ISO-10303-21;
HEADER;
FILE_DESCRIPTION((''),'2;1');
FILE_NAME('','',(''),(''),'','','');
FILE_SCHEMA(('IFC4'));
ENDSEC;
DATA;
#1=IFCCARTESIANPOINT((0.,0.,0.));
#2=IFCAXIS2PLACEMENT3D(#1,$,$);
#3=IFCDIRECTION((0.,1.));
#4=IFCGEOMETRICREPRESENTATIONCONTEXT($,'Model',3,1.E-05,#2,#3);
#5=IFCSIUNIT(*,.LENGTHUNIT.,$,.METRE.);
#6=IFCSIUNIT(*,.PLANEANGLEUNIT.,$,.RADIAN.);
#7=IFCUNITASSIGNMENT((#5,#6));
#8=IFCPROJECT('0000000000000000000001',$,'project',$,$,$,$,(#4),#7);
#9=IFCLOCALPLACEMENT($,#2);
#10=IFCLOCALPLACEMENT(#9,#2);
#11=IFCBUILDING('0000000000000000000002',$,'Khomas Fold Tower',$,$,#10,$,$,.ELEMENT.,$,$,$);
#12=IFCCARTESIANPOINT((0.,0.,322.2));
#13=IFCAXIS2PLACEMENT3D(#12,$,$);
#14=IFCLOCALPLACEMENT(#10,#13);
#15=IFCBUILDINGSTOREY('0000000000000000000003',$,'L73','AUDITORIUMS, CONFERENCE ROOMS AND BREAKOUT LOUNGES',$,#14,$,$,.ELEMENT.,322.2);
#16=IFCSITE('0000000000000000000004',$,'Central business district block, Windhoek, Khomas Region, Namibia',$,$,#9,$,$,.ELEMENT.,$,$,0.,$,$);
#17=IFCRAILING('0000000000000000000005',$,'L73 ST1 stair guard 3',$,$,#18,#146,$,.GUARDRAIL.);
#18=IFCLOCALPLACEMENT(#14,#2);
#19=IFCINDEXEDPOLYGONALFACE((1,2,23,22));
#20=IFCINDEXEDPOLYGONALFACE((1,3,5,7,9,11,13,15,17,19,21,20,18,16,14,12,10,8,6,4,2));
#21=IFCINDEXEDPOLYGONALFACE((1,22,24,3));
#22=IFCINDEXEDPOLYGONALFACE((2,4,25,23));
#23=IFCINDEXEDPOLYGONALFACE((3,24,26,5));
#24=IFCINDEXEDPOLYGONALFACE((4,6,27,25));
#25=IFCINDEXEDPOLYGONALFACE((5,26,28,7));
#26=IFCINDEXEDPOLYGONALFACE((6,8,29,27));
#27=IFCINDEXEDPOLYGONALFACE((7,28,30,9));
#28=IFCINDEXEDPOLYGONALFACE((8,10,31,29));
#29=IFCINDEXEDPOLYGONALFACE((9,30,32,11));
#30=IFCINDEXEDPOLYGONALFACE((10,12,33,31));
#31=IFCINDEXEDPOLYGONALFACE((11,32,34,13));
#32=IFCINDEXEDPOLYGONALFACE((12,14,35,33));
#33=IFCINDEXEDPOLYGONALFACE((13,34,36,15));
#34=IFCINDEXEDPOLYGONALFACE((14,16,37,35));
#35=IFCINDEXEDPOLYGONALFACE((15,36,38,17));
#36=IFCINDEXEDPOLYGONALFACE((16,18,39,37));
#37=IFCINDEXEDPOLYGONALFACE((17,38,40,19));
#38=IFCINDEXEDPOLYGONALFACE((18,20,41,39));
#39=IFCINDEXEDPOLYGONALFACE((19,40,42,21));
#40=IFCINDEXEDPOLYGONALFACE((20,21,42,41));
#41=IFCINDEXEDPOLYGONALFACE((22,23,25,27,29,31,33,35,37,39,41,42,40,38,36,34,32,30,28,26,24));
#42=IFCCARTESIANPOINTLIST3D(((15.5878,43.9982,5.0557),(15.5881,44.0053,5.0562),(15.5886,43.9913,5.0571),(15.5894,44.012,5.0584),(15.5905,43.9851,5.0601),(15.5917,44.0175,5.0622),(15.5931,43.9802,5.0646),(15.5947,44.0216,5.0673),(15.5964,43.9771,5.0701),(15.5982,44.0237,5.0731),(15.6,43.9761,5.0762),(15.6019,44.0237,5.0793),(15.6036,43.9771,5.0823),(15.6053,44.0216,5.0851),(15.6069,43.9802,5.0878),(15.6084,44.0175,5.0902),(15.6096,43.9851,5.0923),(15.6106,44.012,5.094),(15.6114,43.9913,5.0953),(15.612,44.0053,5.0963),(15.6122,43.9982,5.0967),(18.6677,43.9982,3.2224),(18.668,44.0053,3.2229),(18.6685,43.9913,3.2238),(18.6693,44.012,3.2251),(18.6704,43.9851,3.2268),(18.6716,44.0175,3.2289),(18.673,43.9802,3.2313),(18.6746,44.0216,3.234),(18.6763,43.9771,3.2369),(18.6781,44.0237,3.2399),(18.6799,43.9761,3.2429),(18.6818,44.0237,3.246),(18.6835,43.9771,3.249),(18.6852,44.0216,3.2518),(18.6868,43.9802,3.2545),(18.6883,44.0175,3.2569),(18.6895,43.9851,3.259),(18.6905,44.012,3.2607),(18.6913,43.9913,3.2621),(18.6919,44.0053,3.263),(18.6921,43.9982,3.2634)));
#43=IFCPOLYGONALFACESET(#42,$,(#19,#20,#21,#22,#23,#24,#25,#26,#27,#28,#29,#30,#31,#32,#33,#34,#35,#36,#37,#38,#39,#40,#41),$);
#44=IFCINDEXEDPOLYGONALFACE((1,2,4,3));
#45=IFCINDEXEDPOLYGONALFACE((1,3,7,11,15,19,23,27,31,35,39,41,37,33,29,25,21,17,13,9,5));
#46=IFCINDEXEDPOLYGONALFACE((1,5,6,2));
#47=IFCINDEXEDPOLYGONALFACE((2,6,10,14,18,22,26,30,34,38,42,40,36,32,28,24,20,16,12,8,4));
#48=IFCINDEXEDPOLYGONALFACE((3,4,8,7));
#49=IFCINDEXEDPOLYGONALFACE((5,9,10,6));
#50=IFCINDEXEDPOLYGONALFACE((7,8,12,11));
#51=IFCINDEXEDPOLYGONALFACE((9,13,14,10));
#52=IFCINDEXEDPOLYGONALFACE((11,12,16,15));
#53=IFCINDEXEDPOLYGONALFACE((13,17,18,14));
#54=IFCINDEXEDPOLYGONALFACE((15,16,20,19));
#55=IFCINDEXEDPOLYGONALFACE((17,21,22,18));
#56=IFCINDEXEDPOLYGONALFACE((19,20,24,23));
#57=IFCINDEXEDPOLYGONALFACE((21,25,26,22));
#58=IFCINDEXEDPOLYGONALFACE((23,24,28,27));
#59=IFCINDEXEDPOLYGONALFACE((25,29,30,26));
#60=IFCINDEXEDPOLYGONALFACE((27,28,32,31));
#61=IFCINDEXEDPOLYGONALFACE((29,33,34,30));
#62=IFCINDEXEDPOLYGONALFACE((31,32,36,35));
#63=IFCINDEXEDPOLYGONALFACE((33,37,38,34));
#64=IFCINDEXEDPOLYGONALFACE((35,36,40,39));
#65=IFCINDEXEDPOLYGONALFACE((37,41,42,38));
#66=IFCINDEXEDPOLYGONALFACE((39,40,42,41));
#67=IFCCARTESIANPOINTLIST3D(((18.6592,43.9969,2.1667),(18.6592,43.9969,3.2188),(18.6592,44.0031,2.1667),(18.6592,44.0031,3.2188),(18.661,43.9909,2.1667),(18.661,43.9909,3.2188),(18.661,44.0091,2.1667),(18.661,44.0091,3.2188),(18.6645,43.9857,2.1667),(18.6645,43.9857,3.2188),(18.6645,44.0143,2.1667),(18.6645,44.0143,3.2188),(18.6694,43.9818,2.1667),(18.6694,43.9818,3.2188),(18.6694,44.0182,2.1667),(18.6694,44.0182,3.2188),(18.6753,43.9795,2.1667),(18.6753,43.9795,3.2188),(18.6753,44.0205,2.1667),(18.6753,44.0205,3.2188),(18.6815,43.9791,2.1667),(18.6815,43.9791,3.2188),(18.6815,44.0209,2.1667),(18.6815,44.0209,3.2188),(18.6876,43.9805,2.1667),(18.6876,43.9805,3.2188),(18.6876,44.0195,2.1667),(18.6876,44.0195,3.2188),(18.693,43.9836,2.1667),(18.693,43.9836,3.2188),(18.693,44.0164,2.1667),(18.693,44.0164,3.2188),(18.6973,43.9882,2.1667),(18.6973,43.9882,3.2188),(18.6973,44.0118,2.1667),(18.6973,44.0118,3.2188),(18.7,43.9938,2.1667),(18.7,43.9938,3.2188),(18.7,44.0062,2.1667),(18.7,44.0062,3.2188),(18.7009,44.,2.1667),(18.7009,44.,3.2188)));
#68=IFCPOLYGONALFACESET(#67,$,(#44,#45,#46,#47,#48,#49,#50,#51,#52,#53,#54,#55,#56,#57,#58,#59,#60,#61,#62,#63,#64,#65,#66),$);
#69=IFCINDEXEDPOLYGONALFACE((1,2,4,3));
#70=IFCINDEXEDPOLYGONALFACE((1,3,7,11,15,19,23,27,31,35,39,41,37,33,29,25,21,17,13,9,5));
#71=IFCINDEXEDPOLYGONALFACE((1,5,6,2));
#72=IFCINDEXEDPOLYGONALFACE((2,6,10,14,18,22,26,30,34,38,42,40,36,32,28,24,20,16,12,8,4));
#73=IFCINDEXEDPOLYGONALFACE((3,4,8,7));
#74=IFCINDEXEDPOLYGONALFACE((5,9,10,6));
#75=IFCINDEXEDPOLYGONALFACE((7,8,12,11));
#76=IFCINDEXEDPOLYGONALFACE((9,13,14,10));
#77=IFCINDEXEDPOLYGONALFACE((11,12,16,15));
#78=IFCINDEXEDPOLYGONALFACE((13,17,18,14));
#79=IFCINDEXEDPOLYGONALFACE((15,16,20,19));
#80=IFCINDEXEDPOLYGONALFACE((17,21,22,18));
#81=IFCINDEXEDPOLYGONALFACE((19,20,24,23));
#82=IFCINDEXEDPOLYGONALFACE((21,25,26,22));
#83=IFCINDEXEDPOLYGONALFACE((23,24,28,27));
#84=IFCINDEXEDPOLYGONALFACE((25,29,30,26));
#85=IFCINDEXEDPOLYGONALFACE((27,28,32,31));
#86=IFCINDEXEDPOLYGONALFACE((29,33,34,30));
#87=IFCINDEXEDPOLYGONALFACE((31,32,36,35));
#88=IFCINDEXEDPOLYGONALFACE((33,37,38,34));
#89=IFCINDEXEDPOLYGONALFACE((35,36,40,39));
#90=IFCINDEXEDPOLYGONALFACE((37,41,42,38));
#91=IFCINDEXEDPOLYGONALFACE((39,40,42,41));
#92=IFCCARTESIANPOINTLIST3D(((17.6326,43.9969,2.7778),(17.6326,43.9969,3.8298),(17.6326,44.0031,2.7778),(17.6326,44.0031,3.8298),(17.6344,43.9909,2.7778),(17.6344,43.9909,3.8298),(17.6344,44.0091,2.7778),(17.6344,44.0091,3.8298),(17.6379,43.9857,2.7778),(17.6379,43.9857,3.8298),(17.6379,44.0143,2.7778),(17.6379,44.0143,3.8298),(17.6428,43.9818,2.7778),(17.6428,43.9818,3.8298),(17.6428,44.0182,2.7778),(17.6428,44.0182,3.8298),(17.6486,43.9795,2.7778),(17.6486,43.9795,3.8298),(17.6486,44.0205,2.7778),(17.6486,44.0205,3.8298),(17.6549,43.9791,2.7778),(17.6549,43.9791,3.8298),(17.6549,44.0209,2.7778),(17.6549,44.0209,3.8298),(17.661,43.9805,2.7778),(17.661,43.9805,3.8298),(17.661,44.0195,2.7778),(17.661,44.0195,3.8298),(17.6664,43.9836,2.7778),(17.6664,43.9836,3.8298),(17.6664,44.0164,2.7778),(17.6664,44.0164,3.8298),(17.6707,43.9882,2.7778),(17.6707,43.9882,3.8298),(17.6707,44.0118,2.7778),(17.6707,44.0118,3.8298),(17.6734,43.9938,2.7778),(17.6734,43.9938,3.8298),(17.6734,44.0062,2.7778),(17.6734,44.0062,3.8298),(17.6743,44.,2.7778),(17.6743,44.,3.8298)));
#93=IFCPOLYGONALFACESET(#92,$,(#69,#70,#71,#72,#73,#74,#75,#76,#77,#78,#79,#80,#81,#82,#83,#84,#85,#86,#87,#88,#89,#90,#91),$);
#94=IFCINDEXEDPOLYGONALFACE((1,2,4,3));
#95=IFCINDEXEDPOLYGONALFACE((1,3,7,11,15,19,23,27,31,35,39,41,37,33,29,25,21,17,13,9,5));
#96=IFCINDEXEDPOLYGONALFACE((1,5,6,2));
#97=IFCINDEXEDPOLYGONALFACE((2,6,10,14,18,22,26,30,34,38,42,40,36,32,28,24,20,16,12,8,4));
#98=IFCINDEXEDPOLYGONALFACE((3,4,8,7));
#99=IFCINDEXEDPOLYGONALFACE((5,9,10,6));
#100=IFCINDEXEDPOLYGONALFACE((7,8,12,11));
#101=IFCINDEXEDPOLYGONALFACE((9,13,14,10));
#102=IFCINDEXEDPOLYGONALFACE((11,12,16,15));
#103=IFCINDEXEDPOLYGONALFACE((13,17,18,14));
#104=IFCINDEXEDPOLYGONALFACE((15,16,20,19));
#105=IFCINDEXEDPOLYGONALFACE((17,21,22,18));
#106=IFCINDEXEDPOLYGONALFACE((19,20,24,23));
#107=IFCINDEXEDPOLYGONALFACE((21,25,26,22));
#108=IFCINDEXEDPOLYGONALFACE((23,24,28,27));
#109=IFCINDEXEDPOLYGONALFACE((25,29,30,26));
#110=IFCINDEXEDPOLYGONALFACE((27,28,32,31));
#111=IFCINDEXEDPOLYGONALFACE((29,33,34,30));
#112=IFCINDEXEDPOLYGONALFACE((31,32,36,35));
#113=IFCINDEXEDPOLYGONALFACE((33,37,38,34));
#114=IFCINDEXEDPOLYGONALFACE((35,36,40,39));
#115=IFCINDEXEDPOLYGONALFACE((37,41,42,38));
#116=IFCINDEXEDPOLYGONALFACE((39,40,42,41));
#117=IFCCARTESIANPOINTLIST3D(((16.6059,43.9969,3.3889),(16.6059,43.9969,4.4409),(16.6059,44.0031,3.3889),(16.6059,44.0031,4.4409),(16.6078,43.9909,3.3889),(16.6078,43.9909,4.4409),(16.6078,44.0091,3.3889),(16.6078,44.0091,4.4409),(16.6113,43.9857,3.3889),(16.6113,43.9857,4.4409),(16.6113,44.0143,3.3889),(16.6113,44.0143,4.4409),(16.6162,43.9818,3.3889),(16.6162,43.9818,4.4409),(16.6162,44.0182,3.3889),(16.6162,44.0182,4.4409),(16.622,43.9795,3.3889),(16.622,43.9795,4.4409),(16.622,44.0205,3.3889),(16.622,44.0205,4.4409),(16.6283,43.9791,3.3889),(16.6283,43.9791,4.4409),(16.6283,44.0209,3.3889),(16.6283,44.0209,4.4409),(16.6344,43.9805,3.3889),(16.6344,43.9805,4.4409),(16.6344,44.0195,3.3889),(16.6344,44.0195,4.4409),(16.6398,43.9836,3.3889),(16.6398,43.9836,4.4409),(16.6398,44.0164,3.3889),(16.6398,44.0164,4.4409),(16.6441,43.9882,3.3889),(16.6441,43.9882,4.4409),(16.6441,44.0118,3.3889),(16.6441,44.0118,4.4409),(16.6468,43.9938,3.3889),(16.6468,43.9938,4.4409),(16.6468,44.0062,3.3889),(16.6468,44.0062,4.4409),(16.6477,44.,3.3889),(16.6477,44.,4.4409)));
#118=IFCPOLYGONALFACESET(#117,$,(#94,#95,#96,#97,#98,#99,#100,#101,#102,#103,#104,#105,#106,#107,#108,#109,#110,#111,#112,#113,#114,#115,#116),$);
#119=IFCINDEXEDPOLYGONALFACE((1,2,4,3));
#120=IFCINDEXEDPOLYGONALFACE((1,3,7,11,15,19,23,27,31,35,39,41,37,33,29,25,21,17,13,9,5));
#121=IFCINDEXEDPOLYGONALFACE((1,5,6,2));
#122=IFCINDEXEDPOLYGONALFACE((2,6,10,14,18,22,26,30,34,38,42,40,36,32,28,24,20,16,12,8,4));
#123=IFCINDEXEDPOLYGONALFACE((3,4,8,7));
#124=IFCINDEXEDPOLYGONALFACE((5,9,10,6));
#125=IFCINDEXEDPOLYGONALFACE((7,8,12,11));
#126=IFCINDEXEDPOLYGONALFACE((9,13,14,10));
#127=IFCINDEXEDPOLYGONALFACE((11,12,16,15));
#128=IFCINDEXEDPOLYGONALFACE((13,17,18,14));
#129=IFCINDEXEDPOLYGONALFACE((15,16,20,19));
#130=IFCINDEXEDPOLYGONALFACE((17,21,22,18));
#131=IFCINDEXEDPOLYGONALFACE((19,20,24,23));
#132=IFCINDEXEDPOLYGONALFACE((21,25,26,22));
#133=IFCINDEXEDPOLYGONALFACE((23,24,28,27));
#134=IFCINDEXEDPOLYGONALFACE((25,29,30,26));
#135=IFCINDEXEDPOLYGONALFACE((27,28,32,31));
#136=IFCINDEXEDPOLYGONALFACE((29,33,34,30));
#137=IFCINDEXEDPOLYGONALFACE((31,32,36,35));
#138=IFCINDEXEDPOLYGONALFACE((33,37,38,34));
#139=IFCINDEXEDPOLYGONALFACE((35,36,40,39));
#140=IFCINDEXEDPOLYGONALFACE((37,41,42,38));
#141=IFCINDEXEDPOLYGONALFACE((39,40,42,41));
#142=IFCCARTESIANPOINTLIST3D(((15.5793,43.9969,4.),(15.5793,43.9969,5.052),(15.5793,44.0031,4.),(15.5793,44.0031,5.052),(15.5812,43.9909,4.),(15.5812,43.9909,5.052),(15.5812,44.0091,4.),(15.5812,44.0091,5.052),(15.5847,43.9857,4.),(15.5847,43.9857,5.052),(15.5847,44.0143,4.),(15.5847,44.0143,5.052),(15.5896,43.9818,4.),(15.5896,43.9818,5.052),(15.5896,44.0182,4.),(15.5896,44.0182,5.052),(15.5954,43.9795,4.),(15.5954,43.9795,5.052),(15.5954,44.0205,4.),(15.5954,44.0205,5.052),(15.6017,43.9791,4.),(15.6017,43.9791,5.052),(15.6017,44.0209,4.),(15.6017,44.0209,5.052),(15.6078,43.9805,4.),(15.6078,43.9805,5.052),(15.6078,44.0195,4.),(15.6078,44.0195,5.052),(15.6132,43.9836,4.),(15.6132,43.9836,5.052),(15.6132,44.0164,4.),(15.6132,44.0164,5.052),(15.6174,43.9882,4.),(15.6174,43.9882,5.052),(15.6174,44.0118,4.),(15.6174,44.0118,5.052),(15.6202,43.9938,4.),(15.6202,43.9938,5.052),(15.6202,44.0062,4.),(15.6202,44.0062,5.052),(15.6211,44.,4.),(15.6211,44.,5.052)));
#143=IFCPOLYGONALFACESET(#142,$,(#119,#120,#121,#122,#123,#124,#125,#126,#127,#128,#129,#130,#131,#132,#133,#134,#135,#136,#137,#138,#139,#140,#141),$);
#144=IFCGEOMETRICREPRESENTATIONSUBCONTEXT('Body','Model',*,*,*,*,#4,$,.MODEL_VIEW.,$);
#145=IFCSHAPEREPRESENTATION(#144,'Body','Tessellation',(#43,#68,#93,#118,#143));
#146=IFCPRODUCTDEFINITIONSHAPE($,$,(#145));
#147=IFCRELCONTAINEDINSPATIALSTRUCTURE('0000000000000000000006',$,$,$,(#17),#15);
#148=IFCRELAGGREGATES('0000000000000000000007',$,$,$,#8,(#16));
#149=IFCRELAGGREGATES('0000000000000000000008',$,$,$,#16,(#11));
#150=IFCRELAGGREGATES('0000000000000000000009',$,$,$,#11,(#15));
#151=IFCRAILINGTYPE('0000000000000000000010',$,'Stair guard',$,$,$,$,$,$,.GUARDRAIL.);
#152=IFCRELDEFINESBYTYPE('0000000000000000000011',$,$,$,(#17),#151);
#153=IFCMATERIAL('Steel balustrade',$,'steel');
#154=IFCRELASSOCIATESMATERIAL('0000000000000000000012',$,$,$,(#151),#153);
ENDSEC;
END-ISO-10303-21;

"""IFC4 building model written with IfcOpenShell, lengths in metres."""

from ifc_helpers import new_model, si_unit, direction, frame, origin, origin_2d, place, context, subcontext, project, spatial, circle, extrude, source, transform, mapped, material, type_object, element, save


model = new_model("IFC4")

# Units and contexts
model_context = context("Model", 3, precision=1e-05, world=origin(), true_north=direction((0.0, 1.0)))
body_context = subcontext(model_context, "Body", "Model", "MODEL_VIEW")
ifc_project = project(units=[si_unit("LENGTHUNIT", "METRE"), si_unit("PLANEANGLEUNIT", "RADIAN")], contexts=[model_context])

# Site, building, storey
site_placement = place(None, origin())
site = spatial("IfcSite", under=ifc_project, at=site_placement, Name="Central business district block, Windhoek, Khomas Region, Namibia", CompositionType="ELEMENT", RefElevation=0.0)
building_placement = place(site_placement, origin())
building = spatial("IfcBuilding", under=site, at=building_placement, Name="Khomas Fold Tower", CompositionType="ELEMENT")
storey_placement = place(building_placement, frame((0.0, 0.0, 322.2)))
storey = spatial("IfcBuildingStorey", under=building, at=storey_placement, Name="L73", Description="AUDITORIUMS, CONFERENCE ROOMS AND BREAKOUT LOUNGES", CompositionType="ELEMENT", Elevation=322.2)

# Railing
ifc_material_1 = material(Name="Steel balustrade", Category="steel")
railing_type_1 = type_object("IfcRailingType", Name="Stair guard", PredefinedType="GUARDRAIL", material=ifc_material_1)
shared_shape_1 = source(origin(), body_context, "Body", "SweptSolid", [
    extrude(circle(Radius=0.0239, at=origin_2d()), frame((0.0, 0.0, 1.0762), z_axis=(-0.859291, 0.0, 0.511487), x_axis=(0.0, -1.0, 0.0)), (0.0, 0.0, 1.0), 3.5842),
    extrude(circle(Radius=0.021, at=origin_2d()), origin(), (0.0, 0.0, 1.0), 1.052),
    extrude(circle(Radius=0.021, at=origin_2d()), frame((-1.0266, 0.0, 0.6111)), (0.0, 0.0, 1.0), 1.052),
    extrude(circle(Radius=0.021, at=origin_2d()), frame((-2.0532, 0.0, 1.2222)), (0.0, 0.0, 1.0), 1.052),
    extrude(circle(Radius=0.021, at=origin_2d()), frame((-3.0798, 0.0, 1.8333)), (0.0, 0.0, 1.0), 1.052),
])
railing_1_placement = place(storey_placement, frame((18.6799, 44.0, 2.1667)))
element("IfcRailing", 1, at=railing_1_placement, inside=storey, type_object=railing_type_1, Name="L73 ST1 stair guard 3", PredefinedType="GUARDRAIL", context=body_context, shape_type="MappedRepresentation", body=[
    mapped(shared_shape_1, transform((0.0, 0.0, 0.0))),
])

save(model, "model.ifc")
